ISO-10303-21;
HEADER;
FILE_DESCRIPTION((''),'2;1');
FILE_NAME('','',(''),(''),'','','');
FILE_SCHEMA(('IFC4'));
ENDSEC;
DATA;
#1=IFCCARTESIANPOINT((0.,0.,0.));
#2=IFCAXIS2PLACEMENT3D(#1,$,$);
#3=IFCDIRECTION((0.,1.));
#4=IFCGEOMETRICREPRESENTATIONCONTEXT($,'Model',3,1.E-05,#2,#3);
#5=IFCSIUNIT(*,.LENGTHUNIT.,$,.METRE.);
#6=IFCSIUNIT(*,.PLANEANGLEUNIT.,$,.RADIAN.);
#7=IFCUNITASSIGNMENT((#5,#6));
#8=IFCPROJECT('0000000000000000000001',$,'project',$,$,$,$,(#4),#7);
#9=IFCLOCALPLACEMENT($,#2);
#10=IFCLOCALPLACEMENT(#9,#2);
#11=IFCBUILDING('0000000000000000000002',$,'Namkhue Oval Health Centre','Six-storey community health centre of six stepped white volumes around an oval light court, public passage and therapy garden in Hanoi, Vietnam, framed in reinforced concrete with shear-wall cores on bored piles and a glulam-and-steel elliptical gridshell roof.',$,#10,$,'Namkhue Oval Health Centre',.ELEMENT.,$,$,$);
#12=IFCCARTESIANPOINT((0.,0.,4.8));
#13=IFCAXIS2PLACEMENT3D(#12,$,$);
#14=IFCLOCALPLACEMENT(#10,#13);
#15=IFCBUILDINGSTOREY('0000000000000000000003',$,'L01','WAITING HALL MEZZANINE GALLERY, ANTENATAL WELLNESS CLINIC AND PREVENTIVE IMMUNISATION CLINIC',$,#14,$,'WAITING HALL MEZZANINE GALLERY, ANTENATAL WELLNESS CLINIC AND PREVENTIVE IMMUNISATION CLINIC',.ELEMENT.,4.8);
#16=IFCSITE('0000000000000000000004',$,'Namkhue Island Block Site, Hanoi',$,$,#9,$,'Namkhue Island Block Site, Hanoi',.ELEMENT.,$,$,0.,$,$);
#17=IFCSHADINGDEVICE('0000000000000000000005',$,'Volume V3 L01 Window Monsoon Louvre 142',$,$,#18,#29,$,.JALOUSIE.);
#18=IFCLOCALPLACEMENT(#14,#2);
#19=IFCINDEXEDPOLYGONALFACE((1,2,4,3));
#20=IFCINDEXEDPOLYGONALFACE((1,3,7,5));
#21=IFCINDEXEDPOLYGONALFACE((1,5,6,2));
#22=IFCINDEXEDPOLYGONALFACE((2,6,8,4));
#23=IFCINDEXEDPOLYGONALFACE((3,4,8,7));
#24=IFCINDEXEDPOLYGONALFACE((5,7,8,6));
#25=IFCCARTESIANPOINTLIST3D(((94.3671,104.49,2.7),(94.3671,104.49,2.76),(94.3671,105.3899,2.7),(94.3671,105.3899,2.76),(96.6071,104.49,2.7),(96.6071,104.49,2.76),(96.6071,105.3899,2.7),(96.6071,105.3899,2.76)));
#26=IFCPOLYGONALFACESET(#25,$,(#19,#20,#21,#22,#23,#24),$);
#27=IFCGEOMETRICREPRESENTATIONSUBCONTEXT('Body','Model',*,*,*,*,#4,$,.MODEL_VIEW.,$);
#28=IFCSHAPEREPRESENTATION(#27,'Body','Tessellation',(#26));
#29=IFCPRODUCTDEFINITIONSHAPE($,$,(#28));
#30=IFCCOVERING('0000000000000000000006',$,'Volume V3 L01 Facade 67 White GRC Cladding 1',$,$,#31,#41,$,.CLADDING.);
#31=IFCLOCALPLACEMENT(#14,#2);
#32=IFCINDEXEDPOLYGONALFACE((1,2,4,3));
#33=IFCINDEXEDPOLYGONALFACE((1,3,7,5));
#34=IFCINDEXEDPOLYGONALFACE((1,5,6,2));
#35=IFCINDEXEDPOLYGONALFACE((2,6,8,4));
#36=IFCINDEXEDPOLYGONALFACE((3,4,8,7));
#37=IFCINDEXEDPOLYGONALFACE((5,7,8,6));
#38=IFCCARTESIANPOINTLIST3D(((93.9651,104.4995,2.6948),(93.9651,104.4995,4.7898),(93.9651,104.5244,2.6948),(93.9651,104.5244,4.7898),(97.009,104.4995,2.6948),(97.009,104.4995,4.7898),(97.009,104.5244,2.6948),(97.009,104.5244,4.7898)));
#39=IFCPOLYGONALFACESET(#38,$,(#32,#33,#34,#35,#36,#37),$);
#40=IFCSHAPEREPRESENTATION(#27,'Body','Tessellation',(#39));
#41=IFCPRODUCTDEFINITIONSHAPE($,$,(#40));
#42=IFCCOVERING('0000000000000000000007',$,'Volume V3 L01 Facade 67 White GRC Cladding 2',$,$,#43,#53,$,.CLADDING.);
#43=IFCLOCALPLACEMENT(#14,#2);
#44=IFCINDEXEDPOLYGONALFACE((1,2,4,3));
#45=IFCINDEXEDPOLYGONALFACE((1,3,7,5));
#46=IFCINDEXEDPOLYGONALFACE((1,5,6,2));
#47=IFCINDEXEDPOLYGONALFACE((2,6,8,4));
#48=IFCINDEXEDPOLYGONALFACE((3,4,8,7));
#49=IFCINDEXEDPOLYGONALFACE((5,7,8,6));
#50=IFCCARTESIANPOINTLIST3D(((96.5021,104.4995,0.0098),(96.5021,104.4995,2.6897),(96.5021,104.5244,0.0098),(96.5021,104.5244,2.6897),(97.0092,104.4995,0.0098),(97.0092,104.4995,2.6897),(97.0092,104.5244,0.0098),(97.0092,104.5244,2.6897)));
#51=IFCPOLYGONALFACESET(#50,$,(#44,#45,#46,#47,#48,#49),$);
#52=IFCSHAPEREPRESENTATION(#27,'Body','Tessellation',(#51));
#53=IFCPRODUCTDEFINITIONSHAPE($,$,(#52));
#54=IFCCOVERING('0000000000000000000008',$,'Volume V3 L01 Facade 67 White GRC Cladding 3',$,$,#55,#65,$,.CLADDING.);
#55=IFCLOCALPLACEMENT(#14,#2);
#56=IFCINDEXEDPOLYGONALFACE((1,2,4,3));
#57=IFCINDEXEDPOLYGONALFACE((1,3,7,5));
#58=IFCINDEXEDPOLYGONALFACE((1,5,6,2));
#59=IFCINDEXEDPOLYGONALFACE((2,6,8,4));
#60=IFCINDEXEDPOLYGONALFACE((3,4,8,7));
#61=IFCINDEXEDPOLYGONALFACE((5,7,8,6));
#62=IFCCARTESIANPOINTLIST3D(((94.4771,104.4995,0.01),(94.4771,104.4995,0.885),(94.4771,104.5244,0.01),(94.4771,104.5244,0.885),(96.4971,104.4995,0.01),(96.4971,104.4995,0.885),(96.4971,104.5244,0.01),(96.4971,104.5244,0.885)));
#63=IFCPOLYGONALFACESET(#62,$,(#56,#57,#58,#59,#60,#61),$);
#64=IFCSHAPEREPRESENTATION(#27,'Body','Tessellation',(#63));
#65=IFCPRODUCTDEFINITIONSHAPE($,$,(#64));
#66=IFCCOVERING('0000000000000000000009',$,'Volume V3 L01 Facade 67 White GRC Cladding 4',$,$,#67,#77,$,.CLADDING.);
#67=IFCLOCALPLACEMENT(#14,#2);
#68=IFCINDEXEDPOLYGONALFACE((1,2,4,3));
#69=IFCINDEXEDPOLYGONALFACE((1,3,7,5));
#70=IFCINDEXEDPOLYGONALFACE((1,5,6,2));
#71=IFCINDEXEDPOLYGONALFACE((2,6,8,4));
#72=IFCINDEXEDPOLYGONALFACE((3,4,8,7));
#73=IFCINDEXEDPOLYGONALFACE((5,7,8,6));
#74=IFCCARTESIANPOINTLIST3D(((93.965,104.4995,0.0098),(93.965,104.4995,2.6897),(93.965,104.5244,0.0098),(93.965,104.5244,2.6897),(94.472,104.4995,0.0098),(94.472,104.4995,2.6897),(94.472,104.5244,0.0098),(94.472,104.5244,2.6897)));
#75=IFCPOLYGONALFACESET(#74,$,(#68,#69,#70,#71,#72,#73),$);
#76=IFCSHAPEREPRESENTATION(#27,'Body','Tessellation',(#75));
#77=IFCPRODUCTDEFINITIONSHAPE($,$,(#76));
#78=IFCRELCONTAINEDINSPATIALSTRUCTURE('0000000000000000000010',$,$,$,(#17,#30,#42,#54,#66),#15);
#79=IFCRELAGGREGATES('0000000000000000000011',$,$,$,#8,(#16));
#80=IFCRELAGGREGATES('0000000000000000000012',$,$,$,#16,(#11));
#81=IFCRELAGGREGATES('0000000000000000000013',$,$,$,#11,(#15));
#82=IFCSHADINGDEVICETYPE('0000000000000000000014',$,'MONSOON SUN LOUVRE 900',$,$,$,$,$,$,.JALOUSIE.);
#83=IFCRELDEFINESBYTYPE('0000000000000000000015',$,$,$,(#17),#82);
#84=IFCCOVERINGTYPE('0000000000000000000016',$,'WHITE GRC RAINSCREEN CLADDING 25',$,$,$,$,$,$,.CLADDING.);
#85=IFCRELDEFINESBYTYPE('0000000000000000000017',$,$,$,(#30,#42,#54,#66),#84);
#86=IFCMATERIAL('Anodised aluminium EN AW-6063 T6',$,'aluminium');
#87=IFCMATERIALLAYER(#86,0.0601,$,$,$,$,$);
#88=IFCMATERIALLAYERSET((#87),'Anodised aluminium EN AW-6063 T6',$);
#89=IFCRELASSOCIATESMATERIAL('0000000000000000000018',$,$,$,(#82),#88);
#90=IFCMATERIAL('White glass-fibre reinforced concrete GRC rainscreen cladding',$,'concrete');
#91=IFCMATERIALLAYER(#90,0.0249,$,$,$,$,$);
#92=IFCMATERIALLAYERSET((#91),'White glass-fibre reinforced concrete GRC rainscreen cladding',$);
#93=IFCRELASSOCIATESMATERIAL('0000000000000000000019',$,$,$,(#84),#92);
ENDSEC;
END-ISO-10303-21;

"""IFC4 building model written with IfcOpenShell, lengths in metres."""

from ifc_helpers import new_model, si_unit, direction, frame, origin, origin_2d, place, context, subcontext, project, spatial, rectangle, extrude, material, layer, layer_set, type_object, element, save


model = new_model("IFC4")

# Units and contexts
model_context = context("Model", 3, precision=1e-05, world=origin(), true_north=direction((0.0, 1.0)))
body_context = subcontext(model_context, "Body", "Model", "MODEL_VIEW")
ifc_project = project(units=[si_unit("LENGTHUNIT", "METRE"), si_unit("PLANEANGLEUNIT", "RADIAN")], contexts=[model_context])

# Site, building, storey
site_placement = place(None, origin())
site = spatial("IfcSite", under=ifc_project, at=site_placement, Name="Namkhue Island Block Site, Hanoi", LongName="Namkhue Island Block Site, Hanoi", CompositionType="ELEMENT", RefElevation=0.0)
building_placement = place(site_placement, origin())
building = spatial("IfcBuilding", under=site, at=building_placement, Name="Namkhue Oval Health Centre", Description="Six-storey community health centre of six stepped white volumes around an oval light court, public passage and therapy garden in Hanoi, Vietnam, framed in reinforced concrete with shear-wall cores on bored piles and a glulam-and-steel elliptical gridshell roof.", LongName="Namkhue Oval Health Centre", CompositionType="ELEMENT")
storey_placement = place(building_placement, frame((0.0, 0.0, 4.8)))
storey = spatial("IfcBuildingStorey", under=building, at=storey_placement, Name="L01", Description="WAITING HALL MEZZANINE GALLERY, ANTENATAL WELLNESS CLINIC AND PREVENTIVE IMMUNISATION CLINIC", LongName="WAITING HALL MEZZANINE GALLERY, ANTENATAL WELLNESS CLINIC AND PREVENTIVE IMMUNISATION CLINIC", CompositionType="ELEMENT", Elevation=4.8)

# Shared definitions
ifc_material_1 = material(Name="Anodised aluminium EN AW-6063 T6", Category="aluminium")

# Shading device
ifc_layer_1 = layer(ifc_material_1, 0.0601)
ifc_layer_set_1 = layer_set([ifc_layer_1], Name="Anodised aluminium EN AW-6063 T6")
shading_device_type = type_object("IfcShadingDeviceType", Name="MONSOON SUN LOUVRE 900", PredefinedType="JALOUSIE", material=ifc_layer_set_1)
shading_device_placement = place(storey_placement, frame((95.4871, 104.9399, 2.7), z_axis=(0.0, 0.0, 1.0), x_axis=(-1.0, 0.0, 0.0)))
element("IfcShadingDevice", 1, at=shading_device_placement, inside=storey, type_object=shading_device_type, Name="Volume V3 L01 Window Monsoon Louvre 142", PredefinedType="JALOUSIE", context=body_context, shape_type="SweptSolid", body=[
    extrude(rectangle(XDim=2.24, YDim=0.8999, at=origin_2d()), origin(), (0.0, 0.0, 1.0), 0.0601),
])

# Coverings
ifc_material_2 = material(Name="White glass-fibre reinforced concrete GRC rainscreen cladding", Category="concrete")
ifc_layer_2 = layer(ifc_material_2, 0.0249)
ifc_layer_set_2 = layer_set([ifc_layer_2], Name="White glass-fibre reinforced concrete GRC rainscreen cladding")
covering_type = type_object("IfcCoveringType", Name="WHITE GRC RAINSCREEN CLADDING 25", PredefinedType="CLADDING", material=ifc_layer_set_2)
covering_1_placement = place(storey_placement, frame((95.4871, 104.512, 2.6948), z_axis=(0.0, 0.0, 1.0), x_axis=(-1.0, 0.0, 0.0)))
element("IfcCovering", 2, at=covering_1_placement, inside=storey, type_object=covering_type, Name="Volume V3 L01 Facade 67 White GRC Cladding 1", PredefinedType="CLADDING", context=body_context, shape_type="SweptSolid", body=[
    extrude(rectangle(XDim=3.0439, YDim=0.0249, at=origin_2d()), origin(), (0.0, 0.0, 1.0), 2.095),
])
covering_2_placement = place(storey_placement, frame((96.7556, 104.512, 0.0098), z_axis=(0.0, 0.0, 1.0), x_axis=(-1.0, 0.0, 0.0)))
element("IfcCovering", 3, at=covering_2_placement, inside=storey, type_object=covering_type, Name="Volume V3 L01 Facade 67 White GRC Cladding 2", PredefinedType="CLADDING", context=body_context, shape_type="SweptSolid", body=[
    extrude(rectangle(XDim=0.5071, YDim=0.0249, at=origin_2d()), origin(), (0.0, 0.0, 1.0), 2.6799),
])
covering_3_placement = place(storey_placement, frame((95.4871, 104.512, 0.01), z_axis=(0.0, 0.0, 1.0), x_axis=(-1.0, 0.0, 0.0)))
element("IfcCovering", 4, at=covering_3_placement, inside=storey, type_object=covering_type, Name="Volume V3 L01 Facade 67 White GRC Cladding 3", PredefinedType="CLADDING", context=body_context, shape_type="SweptSolid", body=[
    extrude(rectangle(XDim=2.02, YDim=0.0249, at=origin_2d()), origin(), (0.0, 0.0, 1.0), 0.875),
])
covering_4_placement = place(storey_placement, frame((94.2185, 104.512, 0.0098), z_axis=(0.0, 0.0, 1.0), x_axis=(-1.0, 0.0, 0.0)))
element("IfcCovering", 5, at=covering_4_placement, inside=storey, type_object=covering_type, Name="Volume V3 L01 Facade 67 White GRC Cladding 4", PredefinedType="CLADDING", context=body_context, shape_type="SweptSolid", body=[
    extrude(rectangle(XDim=0.5071, YDim=0.0249, at=origin_2d()), origin(), (0.0, 0.0, 1.0), 2.6799),
])

save(model, "model.ifc")
